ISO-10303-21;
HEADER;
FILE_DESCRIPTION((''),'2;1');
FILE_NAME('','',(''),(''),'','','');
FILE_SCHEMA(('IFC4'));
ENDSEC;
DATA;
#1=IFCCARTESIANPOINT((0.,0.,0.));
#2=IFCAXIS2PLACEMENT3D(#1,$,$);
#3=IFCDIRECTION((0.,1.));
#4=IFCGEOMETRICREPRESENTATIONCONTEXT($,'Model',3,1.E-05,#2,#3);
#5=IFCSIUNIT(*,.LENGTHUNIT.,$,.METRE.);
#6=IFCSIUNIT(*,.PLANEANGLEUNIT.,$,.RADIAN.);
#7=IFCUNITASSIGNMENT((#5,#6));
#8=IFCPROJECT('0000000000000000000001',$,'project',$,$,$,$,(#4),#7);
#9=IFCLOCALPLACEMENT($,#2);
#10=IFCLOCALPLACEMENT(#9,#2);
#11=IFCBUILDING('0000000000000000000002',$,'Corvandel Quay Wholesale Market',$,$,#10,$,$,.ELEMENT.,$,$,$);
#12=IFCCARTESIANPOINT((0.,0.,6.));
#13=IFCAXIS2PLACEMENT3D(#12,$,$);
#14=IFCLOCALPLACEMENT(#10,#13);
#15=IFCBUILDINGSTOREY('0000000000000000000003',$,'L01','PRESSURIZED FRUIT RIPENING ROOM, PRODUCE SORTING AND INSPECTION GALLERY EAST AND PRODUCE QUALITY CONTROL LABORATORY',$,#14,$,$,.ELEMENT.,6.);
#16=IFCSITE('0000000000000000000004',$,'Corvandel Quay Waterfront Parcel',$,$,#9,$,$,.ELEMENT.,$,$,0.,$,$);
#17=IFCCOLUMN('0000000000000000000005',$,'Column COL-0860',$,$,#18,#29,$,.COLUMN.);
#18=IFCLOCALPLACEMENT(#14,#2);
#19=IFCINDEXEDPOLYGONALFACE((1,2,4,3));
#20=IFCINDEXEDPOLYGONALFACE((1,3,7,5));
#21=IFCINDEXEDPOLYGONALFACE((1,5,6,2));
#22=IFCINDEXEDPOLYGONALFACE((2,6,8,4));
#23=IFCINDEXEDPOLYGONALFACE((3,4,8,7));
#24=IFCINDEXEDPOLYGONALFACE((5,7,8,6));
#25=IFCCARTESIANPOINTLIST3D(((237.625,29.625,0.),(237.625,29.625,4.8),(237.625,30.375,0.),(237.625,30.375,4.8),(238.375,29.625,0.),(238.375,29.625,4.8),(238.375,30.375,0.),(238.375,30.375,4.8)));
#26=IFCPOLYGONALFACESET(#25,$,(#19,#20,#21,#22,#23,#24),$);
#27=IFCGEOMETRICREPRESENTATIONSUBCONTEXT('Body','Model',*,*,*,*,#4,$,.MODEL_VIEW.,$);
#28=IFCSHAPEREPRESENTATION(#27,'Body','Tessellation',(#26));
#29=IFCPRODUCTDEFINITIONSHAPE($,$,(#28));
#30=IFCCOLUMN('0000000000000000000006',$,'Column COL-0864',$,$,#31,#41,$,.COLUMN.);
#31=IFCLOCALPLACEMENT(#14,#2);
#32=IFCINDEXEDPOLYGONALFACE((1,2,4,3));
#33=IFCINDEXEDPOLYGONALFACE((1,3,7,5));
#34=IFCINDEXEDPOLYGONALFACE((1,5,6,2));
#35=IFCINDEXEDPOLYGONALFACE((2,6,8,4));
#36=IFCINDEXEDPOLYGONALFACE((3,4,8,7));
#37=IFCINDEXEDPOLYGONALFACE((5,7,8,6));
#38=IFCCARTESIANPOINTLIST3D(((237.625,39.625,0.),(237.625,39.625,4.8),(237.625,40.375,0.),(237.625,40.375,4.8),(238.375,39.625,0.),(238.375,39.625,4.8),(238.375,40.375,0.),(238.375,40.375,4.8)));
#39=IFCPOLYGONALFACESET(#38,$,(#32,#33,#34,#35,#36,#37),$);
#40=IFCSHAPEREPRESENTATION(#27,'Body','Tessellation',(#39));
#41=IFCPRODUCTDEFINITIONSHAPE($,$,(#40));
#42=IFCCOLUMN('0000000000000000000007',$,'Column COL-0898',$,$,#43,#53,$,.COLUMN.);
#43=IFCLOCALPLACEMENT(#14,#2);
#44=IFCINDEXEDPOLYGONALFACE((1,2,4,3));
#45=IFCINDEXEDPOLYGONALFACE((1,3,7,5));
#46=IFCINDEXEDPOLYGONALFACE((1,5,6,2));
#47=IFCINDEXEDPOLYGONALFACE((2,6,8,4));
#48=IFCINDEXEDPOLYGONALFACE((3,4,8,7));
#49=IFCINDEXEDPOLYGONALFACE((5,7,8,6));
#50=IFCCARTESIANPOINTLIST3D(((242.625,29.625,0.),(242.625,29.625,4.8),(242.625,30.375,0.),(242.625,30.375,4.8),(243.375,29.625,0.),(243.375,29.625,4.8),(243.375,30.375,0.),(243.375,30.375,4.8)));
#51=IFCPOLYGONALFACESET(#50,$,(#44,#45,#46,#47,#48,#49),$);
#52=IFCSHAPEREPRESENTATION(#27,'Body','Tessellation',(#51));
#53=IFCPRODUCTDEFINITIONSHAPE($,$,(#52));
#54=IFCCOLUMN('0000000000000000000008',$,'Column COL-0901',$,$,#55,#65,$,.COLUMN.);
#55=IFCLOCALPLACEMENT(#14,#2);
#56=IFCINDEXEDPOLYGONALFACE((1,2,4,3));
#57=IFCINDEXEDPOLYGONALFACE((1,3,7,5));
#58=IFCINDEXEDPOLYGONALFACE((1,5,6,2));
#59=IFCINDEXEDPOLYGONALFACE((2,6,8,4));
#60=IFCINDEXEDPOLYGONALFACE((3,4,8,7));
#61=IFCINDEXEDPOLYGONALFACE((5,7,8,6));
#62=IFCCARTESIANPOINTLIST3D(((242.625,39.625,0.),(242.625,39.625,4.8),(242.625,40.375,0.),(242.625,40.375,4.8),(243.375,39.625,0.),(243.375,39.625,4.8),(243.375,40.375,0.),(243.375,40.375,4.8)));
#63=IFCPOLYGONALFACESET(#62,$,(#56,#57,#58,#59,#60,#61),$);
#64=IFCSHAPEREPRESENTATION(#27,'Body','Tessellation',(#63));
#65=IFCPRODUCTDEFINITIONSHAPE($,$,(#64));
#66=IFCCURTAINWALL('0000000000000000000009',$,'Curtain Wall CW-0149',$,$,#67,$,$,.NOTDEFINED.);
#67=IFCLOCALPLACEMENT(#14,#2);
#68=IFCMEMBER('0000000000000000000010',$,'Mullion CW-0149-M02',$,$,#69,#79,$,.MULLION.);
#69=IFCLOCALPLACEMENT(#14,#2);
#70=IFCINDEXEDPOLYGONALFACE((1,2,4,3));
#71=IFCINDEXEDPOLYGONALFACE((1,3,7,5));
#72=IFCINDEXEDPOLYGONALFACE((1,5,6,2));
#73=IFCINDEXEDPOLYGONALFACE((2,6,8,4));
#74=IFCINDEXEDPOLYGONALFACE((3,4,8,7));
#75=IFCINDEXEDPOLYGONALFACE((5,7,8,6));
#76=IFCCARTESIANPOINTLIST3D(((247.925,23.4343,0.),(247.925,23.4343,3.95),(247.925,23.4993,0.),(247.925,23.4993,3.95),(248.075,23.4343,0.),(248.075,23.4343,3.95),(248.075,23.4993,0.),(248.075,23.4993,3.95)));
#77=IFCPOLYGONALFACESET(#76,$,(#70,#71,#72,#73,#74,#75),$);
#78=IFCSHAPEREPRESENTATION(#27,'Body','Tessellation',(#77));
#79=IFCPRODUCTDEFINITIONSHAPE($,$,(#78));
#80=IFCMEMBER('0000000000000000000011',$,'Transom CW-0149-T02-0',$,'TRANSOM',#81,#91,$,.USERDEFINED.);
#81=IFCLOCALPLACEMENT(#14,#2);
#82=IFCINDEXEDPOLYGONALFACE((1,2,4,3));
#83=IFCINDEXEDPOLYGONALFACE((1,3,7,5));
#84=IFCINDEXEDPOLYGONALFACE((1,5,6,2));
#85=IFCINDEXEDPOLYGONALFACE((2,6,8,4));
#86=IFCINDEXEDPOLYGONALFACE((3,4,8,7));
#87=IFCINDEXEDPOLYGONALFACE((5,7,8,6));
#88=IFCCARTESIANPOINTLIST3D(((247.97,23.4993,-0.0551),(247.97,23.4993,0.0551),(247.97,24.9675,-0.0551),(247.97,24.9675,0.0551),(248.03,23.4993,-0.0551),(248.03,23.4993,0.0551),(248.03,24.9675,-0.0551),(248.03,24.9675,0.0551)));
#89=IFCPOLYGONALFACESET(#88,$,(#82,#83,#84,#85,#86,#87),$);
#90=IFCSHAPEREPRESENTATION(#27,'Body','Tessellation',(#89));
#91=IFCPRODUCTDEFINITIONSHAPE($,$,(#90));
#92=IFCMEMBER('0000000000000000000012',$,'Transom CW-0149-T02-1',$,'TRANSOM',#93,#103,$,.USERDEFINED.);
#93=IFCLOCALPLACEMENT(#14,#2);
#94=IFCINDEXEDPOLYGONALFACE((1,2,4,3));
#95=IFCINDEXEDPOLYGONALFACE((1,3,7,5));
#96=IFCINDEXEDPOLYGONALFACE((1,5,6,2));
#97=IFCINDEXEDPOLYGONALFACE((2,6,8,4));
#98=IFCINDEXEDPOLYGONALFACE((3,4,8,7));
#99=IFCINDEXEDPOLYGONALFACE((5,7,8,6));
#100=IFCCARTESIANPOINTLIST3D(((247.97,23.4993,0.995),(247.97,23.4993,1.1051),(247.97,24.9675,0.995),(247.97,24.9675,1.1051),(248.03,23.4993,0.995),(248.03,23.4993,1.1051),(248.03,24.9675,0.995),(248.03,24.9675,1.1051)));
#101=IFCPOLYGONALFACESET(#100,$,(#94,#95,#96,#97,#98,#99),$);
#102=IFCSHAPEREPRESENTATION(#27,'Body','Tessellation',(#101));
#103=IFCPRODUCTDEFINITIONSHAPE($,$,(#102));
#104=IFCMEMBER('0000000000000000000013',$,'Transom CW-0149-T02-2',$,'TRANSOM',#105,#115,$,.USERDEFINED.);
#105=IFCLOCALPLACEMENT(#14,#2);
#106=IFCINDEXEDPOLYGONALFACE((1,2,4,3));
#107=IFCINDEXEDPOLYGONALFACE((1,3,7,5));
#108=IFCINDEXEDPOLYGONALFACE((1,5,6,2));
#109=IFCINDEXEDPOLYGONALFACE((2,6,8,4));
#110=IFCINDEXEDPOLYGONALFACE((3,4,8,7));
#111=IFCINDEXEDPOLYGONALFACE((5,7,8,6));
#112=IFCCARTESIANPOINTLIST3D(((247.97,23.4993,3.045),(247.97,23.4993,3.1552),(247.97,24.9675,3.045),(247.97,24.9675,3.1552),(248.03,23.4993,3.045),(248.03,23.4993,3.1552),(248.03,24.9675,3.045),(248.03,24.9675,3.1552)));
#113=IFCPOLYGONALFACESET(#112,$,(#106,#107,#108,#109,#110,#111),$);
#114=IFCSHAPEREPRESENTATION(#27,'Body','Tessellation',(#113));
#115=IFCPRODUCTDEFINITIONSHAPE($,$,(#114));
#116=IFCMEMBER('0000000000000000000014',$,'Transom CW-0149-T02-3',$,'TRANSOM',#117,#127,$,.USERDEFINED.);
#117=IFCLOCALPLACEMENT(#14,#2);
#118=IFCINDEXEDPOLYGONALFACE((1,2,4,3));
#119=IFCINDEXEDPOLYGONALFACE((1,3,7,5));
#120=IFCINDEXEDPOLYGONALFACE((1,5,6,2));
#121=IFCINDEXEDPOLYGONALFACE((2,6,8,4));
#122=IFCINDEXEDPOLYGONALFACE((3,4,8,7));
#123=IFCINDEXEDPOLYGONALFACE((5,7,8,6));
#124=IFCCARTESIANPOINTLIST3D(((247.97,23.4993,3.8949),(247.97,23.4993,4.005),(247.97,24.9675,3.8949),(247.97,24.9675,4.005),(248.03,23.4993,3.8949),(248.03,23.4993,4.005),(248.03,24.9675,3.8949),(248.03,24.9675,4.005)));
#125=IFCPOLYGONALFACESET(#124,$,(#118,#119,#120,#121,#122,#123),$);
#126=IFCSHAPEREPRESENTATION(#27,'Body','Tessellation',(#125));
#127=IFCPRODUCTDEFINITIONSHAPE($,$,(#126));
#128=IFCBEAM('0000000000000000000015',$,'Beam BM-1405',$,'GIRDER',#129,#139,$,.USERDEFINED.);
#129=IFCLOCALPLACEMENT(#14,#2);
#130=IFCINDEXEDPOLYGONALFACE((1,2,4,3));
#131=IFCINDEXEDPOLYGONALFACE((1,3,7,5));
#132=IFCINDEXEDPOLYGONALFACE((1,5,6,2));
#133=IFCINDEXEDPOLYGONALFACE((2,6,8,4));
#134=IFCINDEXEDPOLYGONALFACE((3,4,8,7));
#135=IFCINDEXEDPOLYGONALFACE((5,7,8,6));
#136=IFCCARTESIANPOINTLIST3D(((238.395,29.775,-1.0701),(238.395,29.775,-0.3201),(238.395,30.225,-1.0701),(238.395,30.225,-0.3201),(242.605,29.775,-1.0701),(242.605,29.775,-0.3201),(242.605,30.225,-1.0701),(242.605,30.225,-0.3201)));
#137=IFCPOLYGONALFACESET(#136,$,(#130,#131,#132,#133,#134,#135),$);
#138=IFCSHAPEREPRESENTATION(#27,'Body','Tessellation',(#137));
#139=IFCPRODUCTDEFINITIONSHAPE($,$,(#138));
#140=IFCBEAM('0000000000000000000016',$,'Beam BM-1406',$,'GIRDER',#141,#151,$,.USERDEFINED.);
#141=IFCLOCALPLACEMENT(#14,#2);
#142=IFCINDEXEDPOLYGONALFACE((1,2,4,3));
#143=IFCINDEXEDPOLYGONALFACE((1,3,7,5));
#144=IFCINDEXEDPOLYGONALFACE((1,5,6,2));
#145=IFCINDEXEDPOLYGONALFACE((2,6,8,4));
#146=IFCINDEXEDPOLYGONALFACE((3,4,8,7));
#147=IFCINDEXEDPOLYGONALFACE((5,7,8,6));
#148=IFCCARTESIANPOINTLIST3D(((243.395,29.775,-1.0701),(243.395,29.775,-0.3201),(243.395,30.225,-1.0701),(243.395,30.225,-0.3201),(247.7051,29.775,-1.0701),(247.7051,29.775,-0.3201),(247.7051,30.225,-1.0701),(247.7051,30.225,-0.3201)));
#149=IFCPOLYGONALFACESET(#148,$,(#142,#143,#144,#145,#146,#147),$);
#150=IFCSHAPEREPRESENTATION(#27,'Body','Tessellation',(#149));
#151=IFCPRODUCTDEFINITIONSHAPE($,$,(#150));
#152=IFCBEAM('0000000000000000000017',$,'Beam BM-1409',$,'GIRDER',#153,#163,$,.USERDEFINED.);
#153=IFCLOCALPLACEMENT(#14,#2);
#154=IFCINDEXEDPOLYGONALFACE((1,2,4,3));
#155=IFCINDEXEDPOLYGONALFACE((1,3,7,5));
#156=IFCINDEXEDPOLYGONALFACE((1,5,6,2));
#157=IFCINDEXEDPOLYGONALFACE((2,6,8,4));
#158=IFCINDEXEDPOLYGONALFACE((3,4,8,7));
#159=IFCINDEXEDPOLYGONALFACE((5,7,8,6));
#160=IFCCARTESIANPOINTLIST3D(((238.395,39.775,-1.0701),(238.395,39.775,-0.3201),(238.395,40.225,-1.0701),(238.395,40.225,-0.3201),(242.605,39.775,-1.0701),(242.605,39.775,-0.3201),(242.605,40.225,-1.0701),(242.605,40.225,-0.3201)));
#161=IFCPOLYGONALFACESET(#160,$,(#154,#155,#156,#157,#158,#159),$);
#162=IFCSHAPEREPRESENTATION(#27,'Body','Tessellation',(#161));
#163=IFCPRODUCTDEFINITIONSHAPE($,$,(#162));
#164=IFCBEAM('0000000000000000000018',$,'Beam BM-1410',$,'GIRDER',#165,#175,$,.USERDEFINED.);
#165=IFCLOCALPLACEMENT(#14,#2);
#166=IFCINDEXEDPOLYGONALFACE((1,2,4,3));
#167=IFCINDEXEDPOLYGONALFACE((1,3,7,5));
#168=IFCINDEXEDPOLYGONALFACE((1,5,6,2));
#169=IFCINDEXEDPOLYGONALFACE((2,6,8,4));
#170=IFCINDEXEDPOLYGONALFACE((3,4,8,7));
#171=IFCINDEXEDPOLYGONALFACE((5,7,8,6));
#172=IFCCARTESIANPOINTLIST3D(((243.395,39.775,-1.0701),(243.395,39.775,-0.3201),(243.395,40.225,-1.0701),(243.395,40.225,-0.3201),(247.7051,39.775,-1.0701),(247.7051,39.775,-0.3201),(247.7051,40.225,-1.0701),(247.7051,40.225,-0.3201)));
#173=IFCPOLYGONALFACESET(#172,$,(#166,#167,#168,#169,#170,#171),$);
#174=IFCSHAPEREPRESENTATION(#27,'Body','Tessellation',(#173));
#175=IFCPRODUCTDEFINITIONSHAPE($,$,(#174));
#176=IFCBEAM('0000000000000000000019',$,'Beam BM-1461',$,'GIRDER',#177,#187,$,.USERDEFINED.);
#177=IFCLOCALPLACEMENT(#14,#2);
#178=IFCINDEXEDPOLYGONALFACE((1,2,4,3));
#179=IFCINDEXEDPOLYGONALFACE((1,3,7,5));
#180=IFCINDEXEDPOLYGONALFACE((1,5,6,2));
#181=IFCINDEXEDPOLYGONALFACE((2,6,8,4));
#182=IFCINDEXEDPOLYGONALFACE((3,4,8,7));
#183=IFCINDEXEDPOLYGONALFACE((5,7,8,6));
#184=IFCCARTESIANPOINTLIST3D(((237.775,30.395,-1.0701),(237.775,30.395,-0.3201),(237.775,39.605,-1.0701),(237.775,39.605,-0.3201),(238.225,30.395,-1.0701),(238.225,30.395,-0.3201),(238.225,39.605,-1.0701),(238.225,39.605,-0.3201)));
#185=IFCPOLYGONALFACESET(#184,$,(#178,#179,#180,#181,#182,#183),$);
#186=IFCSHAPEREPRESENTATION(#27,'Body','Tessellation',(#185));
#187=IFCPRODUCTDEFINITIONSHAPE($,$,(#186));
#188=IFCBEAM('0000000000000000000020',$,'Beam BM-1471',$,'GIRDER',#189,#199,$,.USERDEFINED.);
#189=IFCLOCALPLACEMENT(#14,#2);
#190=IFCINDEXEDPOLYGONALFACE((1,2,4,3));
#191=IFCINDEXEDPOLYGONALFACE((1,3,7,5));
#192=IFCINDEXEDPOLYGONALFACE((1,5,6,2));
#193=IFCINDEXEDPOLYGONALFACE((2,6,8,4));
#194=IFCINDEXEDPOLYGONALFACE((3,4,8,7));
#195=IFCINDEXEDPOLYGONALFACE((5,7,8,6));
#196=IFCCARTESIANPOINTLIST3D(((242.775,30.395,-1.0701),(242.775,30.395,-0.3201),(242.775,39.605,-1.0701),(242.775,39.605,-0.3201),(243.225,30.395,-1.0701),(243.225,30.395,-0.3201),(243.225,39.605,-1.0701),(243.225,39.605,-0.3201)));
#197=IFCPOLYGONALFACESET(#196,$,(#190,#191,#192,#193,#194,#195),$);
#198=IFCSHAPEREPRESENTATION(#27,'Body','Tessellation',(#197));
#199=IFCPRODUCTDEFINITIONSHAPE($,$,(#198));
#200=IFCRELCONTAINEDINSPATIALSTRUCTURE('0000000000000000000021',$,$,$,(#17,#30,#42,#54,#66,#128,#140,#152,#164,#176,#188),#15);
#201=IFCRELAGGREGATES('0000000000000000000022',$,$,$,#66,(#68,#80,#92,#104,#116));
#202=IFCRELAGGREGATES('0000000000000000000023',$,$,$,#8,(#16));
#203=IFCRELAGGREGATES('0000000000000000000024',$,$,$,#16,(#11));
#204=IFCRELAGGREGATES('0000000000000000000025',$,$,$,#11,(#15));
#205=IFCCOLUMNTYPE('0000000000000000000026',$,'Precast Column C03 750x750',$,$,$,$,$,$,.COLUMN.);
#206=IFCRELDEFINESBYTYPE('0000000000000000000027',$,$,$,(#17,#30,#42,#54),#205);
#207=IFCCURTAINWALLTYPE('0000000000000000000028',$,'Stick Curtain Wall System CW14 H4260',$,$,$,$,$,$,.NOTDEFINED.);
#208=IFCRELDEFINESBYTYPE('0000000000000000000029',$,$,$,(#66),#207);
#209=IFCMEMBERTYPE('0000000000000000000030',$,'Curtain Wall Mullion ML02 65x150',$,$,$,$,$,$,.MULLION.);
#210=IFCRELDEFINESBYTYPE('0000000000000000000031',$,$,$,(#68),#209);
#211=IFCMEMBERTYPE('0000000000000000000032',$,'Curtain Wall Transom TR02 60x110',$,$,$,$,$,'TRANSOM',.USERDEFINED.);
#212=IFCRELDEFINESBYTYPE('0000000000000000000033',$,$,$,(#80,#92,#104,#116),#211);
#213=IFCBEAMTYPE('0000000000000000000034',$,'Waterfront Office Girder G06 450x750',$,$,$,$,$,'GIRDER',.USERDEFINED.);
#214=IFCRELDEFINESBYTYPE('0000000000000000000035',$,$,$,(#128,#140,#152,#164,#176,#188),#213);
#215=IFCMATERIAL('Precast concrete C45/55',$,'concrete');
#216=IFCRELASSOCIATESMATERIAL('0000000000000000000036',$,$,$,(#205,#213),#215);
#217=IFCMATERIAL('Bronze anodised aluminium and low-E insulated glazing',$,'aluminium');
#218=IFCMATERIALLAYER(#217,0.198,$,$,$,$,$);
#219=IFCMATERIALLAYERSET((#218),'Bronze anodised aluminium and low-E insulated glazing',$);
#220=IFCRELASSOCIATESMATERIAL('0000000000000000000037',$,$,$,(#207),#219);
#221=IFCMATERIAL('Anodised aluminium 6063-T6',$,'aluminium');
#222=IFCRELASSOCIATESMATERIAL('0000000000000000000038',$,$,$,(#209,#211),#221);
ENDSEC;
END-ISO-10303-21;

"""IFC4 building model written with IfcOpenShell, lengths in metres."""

from ifc_helpers import new_model, si_unit, direction, frame, origin, origin_2d, place, context, subcontext, project, spatial, rectangle, extrude, material, layer, layer_set, material_profile, profile_set, type_object, element, aggregate, save


model = new_model("IFC4")

# Units and contexts
model_context = context("Model", 3, precision=1e-05, world=origin(), true_north=direction((0.0, 1.0)))
body_context = subcontext(model_context, "Body", "Model", "MODEL_VIEW")
ifc_project = project(units=[si_unit("LENGTHUNIT", "METRE"), si_unit("PLANEANGLEUNIT", "RADIAN")], contexts=[model_context])

# Site, building, storey
site_placement = place(None, origin())
site = spatial("IfcSite", under=ifc_project, at=site_placement, Name="Corvandel Quay Waterfront Parcel", CompositionType="ELEMENT", RefElevation=0.0)
building_placement = place(site_placement, origin())
building = spatial("IfcBuilding", under=site, at=building_placement, Name="Corvandel Quay Wholesale Market", CompositionType="ELEMENT")
storey_placement = place(building_placement, frame((0.0, 0.0, 6.0)))
storey = spatial("IfcBuildingStorey", under=building, at=storey_placement, Name="L01", Description="PRESSURIZED FRUIT RIPENING ROOM, PRODUCE SORTING AND INSPECTION GALLERY EAST AND PRODUCE QUALITY CONTROL LABORATORY", CompositionType="ELEMENT", Elevation=6.0)

# Columns
ifc_material_1 = material(Name="Precast concrete C45/55", Category="concrete")
ifc_material_profile_1 = material_profile(ifc_material_1, rectangle(XDim=0.75, YDim=0.75, at=origin_2d()), Name="PC-COL-750x750")
ifc_profile_set_1 = profile_set([ifc_material_profile_1], Name="Precast concrete C45/55")
column_type = type_object("IfcColumnType", Name="Precast Column C03 750x750", PredefinedType="COLUMN", material=ifc_profile_set_1)
for number, where, z_axis, x_axis, name in (
    (1, (238.0, 30.0, 0.0), (0.0, 0.0, 1.0), (1.0, 0.0, 0.0), "Column COL-0860"),
    (2, (238.0, 40.0, 0.0), (0.0, 0.0, 1.0), (1.0, 0.0, 0.0), "Column COL-0864"),
    (3, (243.0, 30.0, 0.0), (0.0, 0.0, 1.0), (1.0, 0.0, 0.0), "Column COL-0898"),
    (4, (243.0, 40.0, 0.0), (0.0, 0.0, 1.0), (1.0, 0.0, 0.0), "Column COL-0901"),
):
    element("IfcColumn", number, at=place(storey_placement, frame(where, z_axis=z_axis, x_axis=x_axis)), inside=storey, type_object=column_type, Name=name, PredefinedType="COLUMN", context=body_context, shape_type="SweptSolid", body=[
        extrude(rectangle(XDim=0.75, YDim=0.75, at=origin_2d()), origin(), (0.0, 0.0, 1.0), 4.8),
    ])

# Curtain wall, members
ifc_material_2 = material(Name="Bronze anodised aluminium and low-E insulated glazing", Category="aluminium")
ifc_layer_1 = layer(ifc_material_2, 0.198)
ifc_layer_set_1 = layer_set([ifc_layer_1], Name="Bronze anodised aluminium and low-E insulated glazing")
curtain_wall_type = type_object("IfcCurtainWallType", Name="Stick Curtain Wall System CW14 H4260", PredefinedType="NOTDEFINED", material=ifc_layer_set_1)
curtain_wall_placement = place(storey_placement, origin())
curtain_wall = element("IfcCurtainWall", 5, at=curtain_wall_placement, inside=storey, type_object=curtain_wall_type, Name="Curtain Wall CW-0149", PredefinedType="NOTDEFINED")
ifc_material_3 = material(Name="Anodised aluminium 6063-T6", Category="aluminium")
ifc_material_profile_2 = material_profile(ifc_material_3, rectangle(XDim=0.0649, YDim=0.1499, at=origin_2d()), Name="ALU-MUL-65x150")
ifc_profile_set_2 = profile_set([ifc_material_profile_2], Name="Anodised aluminium 6063-T6")
member_type_1 = type_object("IfcMemberType", Name="Curtain Wall Mullion ML02 65x150", PredefinedType="MULLION", material=ifc_profile_set_2)
member_1_placement = place(storey_placement, frame((248.0, 23.4668, 0.0), z_axis=(0.0, 0.0, 1.0), x_axis=(0.0, 1.0, 0.0)))
member_1 = element("IfcMember", 6, at=member_1_placement, type_object=member_type_1, Name="Mullion CW-0149-M02", PredefinedType="MULLION", context=body_context, shape_type="SweptSolid", body=[
    extrude(rectangle(XDim=0.0649, YDim=0.1499, at=origin_2d()), origin(), (0.0, 0.0, 1.0), 3.95),
])
ifc_material_profile_3 = material_profile(ifc_material_3, rectangle(XDim=0.0601, YDim=0.1101, at=origin_2d()), Name="ALU-TRN-60x110")
ifc_profile_set_3 = profile_set([ifc_material_profile_3], Name="Anodised aluminium 6063-T6")
member_type_2 = type_object("IfcMemberType", Name="Curtain Wall Transom TR02 60x110", ElementType="TRANSOM", PredefinedType="USERDEFINED", material=ifc_profile_set_3)
member_2_placement = place(storey_placement, frame((248.0, 23.4993, 0.0), z_axis=(0.0, 1.0, 0.0), x_axis=(-1.0, 0.0, 0.0)))
member_2 = element("IfcMember", 7, at=member_2_placement, type_object=member_type_2, Name="Transom CW-0149-T02-0", ObjectType="TRANSOM", PredefinedType="USERDEFINED", context=body_context, shape_type="SweptSolid", body=[
    extrude(rectangle(XDim=0.0601, YDim=0.1101, at=origin_2d()), origin(), (0.0, 0.0, 1.0), 1.4683),
])
member_3_placement = place(storey_placement, frame((248.0, 23.4993, 1.05), z_axis=(0.0, 1.0, 0.0), x_axis=(-1.0, 0.0, 0.0)))
member_3 = element("IfcMember", 8, at=member_3_placement, type_object=member_type_2, Name="Transom CW-0149-T02-1", ObjectType="TRANSOM", PredefinedType="USERDEFINED", context=body_context, shape_type="SweptSolid", body=[
    extrude(rectangle(XDim=0.0601, YDim=0.1101, at=origin_2d()), origin(), (0.0, 0.0, 1.0), 1.4683),
])
member_4_placement = place(storey_placement, frame((248.0, 23.4993, 3.1001), z_axis=(0.0, 1.0, 0.0), x_axis=(-1.0, 0.0, 0.0)))
member_4 = element("IfcMember", 9, at=member_4_placement, type_object=member_type_2, Name="Transom CW-0149-T02-2", ObjectType="TRANSOM", PredefinedType="USERDEFINED", context=body_context, shape_type="SweptSolid", body=[
    extrude(rectangle(XDim=0.0601, YDim=0.1101, at=origin_2d()), origin(), (0.0, 0.0, 1.0), 1.4683),
])
member_5_placement = place(storey_placement, frame((248.0, 23.4993, 3.95), z_axis=(0.0, 1.0, 0.0), x_axis=(-1.0, 0.0, 0.0)))
member_5 = element("IfcMember", 10, at=member_5_placement, type_object=member_type_2, Name="Transom CW-0149-T02-3", ObjectType="TRANSOM", PredefinedType="USERDEFINED", context=body_context, shape_type="SweptSolid", body=[
    extrude(rectangle(XDim=0.0601, YDim=0.1101, at=origin_2d()), origin(), (0.0, 0.0, 1.0), 1.4683),
])

# Beams
ifc_material_profile_4 = material_profile(ifc_material_1, rectangle(XDim=0.45, YDim=0.75, at=origin_2d()), Name="PC-GIR-450x750")
ifc_profile_set_4 = profile_set([ifc_material_profile_4], Name="Precast concrete C45/55")
beam_type = type_object("IfcBeamType", Name="Waterfront Office Girder G06 450x750", ElementType="GIRDER", PredefinedType="USERDEFINED", material=ifc_profile_set_4)
beam_1_placement = place(storey_placement, frame((238.395, 30.0, -0.6951), z_axis=(1.0, 0.0, 0.0), x_axis=(0.0, 1.0, 0.0)))
element("IfcBeam", 11, at=beam_1_placement, inside=storey, type_object=beam_type, Name="Beam BM-1405", ObjectType="GIRDER", PredefinedType="USERDEFINED", context=body_context, shape_type="SweptSolid", body=[
    extrude(rectangle(XDim=0.45, YDim=0.75, at=origin_2d()), origin(), (0.0, 0.0, 1.0), 4.21),
])
beam_2_placement = place(storey_placement, frame((243.395, 30.0, -0.6951), z_axis=(1.0, 0.0, 0.0), x_axis=(0.0, 1.0, 0.0)))
element("IfcBeam", 12, at=beam_2_placement, inside=storey, type_object=beam_type, Name="Beam BM-1406", ObjectType="GIRDER", PredefinedType="USERDEFINED", context=body_context, shape_type="SweptSolid", body=[
    extrude(rectangle(XDim=0.45, YDim=0.75, at=origin_2d()), origin(), (0.0, 0.0, 1.0), 4.3101),
])
beam_3_placement = place(storey_placement, frame((238.395, 40.0, -0.6951), z_axis=(1.0, 0.0, 0.0), x_axis=(0.0, 1.0, 0.0)))
element("IfcBeam", 13, at=beam_3_placement, inside=storey, type_object=beam_type, Name="Beam BM-1409", ObjectType="GIRDER", PredefinedType="USERDEFINED", context=body_context, shape_type="SweptSolid", body=[
    extrude(rectangle(XDim=0.45, YDim=0.75, at=origin_2d()), origin(), (0.0, 0.0, 1.0), 4.21),
])
beam_4_placement = place(storey_placement, frame((243.395, 40.0, -0.6951), z_axis=(1.0, 0.0, 0.0), x_axis=(0.0, 1.0, 0.0)))
element("IfcBeam", 14, at=beam_4_placement, inside=storey, type_object=beam_type, Name="Beam BM-1410", ObjectType="GIRDER", PredefinedType="USERDEFINED", context=body_context, shape_type="SweptSolid", body=[
    extrude(rectangle(XDim=0.45, YDim=0.75, at=origin_2d()), origin(), (0.0, 0.0, 1.0), 4.3101),
])
for number, where, z_axis, x_axis, name in (
    (15, (238.0, 30.395, -0.6951), (0.0, 1.0, 0.0), (-1.0, 0.0, 0.0), "Beam BM-1461"),
    (16, (243.0, 30.395, -0.6951), (0.0, 1.0, 0.0), (-1.0, 0.0, 0.0), "Beam BM-1471"),
):
    element("IfcBeam", number, at=place(storey_placement, frame(where, z_axis=z_axis, x_axis=x_axis)), inside=storey, type_object=beam_type, Name=name, ObjectType="GIRDER", PredefinedType="USERDEFINED", context=body_context, shape_type="SweptSolid", body=[
        extrude(rectangle(XDim=0.45, YDim=0.75, at=origin_2d()), origin(), (0.0, 0.0, 1.0), 9.21),
    ])

aggregate(curtain_wall, [member_1, member_2, member_3, member_4, member_5])

save(model, "model.ifc")
